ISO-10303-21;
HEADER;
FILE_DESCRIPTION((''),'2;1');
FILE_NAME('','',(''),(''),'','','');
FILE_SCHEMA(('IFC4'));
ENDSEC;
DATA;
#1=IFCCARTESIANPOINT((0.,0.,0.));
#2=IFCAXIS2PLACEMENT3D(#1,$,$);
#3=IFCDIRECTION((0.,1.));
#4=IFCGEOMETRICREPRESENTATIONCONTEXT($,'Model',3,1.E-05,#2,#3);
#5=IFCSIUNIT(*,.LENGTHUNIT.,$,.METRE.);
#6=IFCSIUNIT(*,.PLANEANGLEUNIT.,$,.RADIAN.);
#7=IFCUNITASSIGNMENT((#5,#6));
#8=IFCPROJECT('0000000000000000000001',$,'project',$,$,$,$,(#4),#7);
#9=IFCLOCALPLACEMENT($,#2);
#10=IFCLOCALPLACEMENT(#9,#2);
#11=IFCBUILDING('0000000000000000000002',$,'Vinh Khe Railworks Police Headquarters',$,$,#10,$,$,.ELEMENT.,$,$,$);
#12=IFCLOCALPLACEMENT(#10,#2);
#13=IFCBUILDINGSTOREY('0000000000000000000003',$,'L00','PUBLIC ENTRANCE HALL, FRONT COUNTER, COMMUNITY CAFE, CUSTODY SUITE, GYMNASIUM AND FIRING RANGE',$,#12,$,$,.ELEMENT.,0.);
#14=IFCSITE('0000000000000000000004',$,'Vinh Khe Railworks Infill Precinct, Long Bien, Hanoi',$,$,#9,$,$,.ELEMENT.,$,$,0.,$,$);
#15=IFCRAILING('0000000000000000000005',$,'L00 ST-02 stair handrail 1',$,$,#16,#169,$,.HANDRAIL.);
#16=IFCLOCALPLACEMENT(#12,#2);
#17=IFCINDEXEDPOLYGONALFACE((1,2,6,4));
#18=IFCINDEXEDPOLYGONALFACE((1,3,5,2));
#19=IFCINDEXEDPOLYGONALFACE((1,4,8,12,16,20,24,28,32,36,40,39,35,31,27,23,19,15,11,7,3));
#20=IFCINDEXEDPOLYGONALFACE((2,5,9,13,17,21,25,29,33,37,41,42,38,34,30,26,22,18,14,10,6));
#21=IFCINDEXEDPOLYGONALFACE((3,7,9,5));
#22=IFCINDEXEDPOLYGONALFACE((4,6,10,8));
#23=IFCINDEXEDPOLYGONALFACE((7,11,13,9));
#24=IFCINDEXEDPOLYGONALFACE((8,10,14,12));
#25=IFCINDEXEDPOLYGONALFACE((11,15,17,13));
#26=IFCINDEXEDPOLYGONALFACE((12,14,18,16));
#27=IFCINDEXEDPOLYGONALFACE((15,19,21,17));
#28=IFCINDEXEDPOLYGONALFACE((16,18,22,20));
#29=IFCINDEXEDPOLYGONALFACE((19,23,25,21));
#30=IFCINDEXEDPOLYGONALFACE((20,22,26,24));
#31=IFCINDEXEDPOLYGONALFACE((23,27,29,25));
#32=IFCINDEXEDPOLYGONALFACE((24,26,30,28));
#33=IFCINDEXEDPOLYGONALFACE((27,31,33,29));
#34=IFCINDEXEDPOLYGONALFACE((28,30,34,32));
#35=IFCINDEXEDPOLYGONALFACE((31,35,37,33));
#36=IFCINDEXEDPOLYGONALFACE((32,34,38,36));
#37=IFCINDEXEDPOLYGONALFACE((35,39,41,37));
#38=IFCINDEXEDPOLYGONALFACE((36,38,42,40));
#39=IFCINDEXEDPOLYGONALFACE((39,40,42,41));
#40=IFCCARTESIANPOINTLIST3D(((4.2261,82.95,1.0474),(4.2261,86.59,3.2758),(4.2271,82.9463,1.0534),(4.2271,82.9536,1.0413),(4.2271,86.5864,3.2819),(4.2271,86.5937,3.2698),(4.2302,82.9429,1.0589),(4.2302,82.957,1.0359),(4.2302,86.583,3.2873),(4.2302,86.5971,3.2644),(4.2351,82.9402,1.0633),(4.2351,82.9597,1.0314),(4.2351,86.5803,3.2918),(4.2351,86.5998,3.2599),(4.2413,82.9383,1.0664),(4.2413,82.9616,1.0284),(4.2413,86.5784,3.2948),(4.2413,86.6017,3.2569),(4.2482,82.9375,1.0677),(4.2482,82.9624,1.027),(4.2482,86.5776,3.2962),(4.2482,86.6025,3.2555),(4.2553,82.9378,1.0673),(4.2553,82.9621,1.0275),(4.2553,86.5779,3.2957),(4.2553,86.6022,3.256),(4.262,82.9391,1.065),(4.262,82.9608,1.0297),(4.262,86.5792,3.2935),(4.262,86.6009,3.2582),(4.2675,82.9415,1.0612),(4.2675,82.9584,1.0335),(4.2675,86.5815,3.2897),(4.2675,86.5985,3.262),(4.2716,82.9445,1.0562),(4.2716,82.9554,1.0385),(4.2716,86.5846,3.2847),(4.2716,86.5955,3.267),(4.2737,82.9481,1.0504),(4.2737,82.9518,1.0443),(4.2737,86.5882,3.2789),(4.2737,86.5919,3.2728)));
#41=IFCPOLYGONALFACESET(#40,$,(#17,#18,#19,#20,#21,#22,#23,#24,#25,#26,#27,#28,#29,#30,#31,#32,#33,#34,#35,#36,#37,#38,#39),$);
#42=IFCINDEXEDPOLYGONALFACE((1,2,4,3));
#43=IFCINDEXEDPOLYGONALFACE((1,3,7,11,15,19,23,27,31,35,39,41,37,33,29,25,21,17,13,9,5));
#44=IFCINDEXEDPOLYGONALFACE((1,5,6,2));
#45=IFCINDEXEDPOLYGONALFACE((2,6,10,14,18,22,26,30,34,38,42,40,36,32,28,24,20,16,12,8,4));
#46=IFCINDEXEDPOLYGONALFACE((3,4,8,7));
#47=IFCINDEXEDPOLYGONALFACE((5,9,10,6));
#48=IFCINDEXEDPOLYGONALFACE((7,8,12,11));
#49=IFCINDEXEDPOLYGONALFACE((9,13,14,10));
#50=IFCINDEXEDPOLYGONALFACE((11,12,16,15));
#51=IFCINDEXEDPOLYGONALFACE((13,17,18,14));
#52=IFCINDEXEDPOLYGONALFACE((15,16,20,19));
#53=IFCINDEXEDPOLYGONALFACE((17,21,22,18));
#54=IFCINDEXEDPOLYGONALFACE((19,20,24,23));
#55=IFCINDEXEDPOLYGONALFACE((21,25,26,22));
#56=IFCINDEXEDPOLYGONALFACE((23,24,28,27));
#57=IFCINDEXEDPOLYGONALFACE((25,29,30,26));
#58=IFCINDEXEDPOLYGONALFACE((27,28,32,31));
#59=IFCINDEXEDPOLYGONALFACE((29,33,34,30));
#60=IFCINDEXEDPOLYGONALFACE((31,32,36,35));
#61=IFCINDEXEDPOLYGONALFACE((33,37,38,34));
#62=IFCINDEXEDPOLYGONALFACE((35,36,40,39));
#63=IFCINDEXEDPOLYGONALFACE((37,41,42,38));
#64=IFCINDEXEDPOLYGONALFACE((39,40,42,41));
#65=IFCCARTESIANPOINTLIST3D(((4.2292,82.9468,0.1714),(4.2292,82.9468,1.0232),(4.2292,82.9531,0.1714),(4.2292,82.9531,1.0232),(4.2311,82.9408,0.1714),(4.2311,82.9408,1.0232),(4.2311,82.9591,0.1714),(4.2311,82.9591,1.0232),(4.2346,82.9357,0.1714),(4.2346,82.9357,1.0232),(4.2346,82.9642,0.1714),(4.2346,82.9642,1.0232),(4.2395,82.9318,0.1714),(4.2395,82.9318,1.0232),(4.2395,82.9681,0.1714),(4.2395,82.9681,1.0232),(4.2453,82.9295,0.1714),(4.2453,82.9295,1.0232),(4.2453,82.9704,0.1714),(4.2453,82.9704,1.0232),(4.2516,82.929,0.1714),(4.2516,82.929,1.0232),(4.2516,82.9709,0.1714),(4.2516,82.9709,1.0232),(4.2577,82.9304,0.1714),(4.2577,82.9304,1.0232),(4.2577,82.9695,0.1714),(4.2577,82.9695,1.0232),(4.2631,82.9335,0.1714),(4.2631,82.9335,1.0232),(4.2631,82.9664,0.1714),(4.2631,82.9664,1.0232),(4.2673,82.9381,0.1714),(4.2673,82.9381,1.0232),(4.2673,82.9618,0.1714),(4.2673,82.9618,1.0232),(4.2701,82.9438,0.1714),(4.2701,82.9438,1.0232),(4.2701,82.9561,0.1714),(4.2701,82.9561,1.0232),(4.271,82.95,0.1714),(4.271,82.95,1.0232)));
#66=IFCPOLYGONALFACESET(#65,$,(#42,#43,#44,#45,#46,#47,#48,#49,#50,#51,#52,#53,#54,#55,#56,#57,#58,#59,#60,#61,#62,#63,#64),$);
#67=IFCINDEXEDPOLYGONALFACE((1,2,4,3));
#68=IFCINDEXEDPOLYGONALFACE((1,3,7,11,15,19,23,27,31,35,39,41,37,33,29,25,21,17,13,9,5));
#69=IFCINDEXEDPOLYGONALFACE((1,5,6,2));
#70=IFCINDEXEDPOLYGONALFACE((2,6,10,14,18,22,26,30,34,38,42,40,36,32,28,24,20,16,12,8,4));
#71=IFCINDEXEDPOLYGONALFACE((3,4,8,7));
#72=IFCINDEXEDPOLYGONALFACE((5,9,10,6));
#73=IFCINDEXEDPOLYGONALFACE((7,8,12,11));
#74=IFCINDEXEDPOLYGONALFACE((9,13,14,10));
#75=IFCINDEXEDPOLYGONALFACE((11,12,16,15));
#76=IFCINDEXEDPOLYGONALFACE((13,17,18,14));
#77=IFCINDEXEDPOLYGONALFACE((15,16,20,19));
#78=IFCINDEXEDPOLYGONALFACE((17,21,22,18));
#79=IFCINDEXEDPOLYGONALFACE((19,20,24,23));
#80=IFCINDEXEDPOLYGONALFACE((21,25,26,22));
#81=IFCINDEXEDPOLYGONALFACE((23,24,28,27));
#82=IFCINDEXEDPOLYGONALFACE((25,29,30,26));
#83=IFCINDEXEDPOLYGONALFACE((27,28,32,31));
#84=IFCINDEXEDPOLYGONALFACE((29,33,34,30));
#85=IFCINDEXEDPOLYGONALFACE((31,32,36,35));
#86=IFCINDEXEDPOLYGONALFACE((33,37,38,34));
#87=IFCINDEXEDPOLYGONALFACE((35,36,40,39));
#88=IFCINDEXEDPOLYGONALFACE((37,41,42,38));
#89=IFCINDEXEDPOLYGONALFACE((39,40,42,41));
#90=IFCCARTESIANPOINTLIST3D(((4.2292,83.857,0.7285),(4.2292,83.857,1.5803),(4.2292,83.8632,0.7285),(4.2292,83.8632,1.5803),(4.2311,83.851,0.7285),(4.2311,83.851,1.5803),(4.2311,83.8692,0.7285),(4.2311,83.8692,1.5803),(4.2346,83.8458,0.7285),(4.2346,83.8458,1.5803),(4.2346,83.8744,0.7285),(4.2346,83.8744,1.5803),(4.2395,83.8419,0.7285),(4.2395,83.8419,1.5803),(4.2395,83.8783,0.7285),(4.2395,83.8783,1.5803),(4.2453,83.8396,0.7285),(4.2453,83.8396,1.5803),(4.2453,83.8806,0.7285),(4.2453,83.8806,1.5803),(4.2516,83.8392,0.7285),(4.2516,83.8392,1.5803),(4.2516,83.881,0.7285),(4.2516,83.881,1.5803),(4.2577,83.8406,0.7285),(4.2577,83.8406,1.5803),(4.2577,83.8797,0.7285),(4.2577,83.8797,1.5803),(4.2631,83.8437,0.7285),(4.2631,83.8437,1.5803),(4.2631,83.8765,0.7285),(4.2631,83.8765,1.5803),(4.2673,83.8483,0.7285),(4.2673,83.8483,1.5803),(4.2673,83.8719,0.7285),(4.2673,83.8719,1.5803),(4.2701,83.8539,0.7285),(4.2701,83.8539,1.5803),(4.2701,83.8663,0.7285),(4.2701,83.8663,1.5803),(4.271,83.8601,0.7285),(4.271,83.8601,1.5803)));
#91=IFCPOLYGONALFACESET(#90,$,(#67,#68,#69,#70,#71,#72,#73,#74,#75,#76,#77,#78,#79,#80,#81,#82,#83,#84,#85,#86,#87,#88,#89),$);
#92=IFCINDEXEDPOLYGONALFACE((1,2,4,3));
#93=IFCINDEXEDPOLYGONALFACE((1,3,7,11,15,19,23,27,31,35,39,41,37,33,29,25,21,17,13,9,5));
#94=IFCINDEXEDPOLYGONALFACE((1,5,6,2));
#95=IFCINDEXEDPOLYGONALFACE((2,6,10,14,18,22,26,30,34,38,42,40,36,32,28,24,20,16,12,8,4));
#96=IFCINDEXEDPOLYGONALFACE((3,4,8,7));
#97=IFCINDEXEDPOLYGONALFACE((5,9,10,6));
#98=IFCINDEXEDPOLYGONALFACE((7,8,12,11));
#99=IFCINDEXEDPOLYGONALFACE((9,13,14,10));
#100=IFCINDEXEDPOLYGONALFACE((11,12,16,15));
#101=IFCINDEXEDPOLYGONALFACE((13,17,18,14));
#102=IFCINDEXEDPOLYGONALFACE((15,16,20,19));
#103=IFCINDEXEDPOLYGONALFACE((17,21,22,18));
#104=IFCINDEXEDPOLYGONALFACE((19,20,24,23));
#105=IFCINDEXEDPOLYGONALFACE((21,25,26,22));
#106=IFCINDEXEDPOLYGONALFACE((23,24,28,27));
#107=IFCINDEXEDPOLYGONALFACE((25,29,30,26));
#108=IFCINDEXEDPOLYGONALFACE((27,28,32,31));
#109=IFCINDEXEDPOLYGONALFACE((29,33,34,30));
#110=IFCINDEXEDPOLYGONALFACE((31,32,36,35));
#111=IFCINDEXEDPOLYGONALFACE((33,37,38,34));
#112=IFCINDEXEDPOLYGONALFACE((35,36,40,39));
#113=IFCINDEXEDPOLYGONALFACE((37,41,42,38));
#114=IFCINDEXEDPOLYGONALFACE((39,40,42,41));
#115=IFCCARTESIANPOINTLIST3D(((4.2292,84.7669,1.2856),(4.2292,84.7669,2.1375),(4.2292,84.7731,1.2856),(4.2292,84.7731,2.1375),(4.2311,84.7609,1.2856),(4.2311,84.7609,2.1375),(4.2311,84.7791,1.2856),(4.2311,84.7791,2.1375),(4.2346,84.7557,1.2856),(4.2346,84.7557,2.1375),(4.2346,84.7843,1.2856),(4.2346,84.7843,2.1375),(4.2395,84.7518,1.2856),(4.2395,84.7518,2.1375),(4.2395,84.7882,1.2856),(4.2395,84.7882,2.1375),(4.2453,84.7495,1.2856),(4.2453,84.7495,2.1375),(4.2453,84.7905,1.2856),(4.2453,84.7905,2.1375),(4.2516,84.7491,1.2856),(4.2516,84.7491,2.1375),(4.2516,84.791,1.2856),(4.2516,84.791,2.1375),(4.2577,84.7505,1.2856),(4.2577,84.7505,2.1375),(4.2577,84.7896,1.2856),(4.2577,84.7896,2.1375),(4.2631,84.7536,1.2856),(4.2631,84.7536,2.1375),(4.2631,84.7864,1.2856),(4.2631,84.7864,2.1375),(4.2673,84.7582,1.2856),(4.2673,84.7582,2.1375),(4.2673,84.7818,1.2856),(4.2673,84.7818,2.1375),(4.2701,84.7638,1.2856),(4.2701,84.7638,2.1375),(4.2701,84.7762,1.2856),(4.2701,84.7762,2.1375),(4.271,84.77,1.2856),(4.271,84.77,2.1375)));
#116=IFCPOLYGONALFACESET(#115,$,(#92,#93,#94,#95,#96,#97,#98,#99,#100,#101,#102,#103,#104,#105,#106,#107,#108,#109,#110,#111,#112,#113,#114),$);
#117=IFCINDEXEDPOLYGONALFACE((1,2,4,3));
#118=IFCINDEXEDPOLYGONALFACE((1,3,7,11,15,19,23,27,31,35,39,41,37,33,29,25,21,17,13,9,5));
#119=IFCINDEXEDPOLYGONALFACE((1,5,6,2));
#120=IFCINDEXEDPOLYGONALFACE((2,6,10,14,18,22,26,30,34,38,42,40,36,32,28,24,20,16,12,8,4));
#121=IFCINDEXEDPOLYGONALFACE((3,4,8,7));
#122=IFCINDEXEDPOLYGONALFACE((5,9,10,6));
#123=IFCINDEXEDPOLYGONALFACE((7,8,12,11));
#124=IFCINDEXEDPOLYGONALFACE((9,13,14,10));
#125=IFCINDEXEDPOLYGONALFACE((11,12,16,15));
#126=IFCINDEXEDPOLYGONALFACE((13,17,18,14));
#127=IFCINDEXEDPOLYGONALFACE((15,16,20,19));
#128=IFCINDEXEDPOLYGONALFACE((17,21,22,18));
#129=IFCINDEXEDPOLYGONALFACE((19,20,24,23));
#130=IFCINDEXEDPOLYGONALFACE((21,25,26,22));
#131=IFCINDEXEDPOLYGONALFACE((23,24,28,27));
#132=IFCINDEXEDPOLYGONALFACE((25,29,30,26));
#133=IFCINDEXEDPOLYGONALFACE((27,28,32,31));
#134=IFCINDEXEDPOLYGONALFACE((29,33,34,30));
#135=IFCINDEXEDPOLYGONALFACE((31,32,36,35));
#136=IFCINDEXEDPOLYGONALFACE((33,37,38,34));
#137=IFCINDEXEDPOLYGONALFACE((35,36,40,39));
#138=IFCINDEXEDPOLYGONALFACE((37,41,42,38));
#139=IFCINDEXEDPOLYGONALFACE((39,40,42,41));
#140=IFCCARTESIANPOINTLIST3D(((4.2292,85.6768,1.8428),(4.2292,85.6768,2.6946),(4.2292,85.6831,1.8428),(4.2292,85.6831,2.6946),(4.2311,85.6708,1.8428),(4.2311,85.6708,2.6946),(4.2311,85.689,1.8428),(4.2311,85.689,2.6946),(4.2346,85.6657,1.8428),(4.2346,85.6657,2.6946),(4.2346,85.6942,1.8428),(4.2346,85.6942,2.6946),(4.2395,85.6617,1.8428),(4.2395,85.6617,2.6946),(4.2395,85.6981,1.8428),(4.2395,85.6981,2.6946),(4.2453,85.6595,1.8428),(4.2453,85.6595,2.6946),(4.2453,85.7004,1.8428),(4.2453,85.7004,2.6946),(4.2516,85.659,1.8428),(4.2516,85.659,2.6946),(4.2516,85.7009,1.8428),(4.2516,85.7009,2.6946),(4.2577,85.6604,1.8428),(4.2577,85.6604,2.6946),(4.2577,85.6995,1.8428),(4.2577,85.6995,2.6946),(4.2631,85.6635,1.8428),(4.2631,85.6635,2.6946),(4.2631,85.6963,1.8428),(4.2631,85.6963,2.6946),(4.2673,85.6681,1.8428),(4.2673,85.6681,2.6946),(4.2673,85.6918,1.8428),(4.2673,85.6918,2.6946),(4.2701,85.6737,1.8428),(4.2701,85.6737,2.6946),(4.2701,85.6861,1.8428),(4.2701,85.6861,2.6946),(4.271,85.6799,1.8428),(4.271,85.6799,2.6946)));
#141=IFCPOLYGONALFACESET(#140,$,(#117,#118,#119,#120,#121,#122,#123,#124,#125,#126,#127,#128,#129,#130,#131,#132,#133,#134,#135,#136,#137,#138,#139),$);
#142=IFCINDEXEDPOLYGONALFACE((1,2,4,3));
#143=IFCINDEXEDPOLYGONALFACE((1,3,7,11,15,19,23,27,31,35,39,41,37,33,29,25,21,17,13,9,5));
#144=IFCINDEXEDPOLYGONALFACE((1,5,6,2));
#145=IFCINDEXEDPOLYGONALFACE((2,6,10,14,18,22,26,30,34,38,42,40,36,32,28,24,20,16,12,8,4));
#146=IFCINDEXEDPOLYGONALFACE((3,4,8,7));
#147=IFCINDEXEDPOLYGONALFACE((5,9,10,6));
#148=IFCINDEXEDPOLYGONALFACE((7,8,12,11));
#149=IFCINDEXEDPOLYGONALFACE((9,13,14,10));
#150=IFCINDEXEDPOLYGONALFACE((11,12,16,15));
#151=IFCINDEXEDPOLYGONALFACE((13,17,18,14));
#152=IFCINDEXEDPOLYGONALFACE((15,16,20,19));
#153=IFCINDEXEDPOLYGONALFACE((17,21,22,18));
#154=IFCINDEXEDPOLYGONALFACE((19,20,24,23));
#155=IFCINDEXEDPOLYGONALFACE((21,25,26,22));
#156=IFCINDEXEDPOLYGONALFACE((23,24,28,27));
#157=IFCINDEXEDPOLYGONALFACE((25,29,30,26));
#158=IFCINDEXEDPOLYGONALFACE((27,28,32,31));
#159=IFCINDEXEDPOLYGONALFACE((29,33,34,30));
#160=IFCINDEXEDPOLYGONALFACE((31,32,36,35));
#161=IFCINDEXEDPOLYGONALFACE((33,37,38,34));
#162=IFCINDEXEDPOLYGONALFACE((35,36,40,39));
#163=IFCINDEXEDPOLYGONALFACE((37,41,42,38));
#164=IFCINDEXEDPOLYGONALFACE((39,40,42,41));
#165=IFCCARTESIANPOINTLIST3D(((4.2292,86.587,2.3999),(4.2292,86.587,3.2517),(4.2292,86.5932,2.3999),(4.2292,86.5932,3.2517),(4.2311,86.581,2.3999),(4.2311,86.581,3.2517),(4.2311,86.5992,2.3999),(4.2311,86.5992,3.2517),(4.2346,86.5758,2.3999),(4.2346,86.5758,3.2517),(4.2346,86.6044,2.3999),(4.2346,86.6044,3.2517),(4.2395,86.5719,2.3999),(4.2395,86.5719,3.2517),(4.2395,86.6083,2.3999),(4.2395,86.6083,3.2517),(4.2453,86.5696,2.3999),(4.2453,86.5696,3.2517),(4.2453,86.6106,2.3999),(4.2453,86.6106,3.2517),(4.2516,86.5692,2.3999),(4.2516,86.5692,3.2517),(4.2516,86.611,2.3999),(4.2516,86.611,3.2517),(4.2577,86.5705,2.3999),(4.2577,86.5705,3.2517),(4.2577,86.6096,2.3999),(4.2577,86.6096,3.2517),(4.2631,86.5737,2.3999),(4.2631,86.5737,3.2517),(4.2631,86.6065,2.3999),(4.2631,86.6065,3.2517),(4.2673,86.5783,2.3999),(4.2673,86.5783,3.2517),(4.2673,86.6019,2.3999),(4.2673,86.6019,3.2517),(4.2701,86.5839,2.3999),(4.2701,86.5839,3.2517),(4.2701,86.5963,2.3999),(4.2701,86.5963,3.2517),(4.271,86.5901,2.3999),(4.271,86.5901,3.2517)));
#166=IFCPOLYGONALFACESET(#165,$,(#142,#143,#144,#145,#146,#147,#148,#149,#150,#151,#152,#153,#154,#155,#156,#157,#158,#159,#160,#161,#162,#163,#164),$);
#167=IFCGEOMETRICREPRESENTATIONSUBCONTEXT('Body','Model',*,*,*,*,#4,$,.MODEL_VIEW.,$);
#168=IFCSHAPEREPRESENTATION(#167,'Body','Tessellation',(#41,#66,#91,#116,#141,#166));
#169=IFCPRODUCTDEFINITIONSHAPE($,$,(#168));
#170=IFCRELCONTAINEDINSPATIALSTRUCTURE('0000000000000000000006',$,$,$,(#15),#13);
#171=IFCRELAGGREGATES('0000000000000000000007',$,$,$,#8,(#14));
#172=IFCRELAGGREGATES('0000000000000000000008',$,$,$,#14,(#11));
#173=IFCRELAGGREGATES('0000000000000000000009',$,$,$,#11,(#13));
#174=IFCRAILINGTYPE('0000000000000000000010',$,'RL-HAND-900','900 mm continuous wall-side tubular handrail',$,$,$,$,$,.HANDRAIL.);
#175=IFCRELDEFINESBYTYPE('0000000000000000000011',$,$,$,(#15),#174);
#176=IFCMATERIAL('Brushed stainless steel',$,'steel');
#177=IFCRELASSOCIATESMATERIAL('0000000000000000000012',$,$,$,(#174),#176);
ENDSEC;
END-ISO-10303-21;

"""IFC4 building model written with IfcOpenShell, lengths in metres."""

from ifc_helpers import new_model, si_unit, direction, frame, origin, origin_2d, place, context, subcontext, project, spatial, circle, extrude, material, type_object, element, save


model = new_model("IFC4")

# Units and contexts
model_context = context("Model", 3, precision=1e-05, world=origin(), true_north=direction((0.0, 1.0)))
body_context = subcontext(model_context, "Body", "Model", "MODEL_VIEW")
ifc_project = project(units=[si_unit("LENGTHUNIT", "METRE"), si_unit("PLANEANGLEUNIT", "RADIAN")], contexts=[model_context])

# Site, building, storey
site_placement = place(None, origin())
site = spatial("IfcSite", under=ifc_project, at=site_placement, Name="Vinh Khe Railworks Infill Precinct, Long Bien, Hanoi", CompositionType="ELEMENT", RefElevation=0.0)
building_placement = place(site_placement, origin())
building = spatial("IfcBuilding", under=site, at=building_placement, Name="Vinh Khe Railworks Police Headquarters", CompositionType="ELEMENT")
storey_placement = place(building_placement, origin())
storey = spatial("IfcBuildingStorey", under=building, at=storey_placement, Name="L00", Description="PUBLIC ENTRANCE HALL, FRONT COUNTER, COMMUNITY CAFE, CUSTODY SUITE, GYMNASIUM AND FIRING RANGE", CompositionType="ELEMENT", Elevation=0.0)

# Railing
ifc_material_1 = material(Name="Brushed stainless steel", Category="steel")
railing_type_1 = type_object("IfcRailingType", Name="RL-HAND-900", Description="900 mm continuous wall-side tubular handrail", PredefinedType="HANDRAIL", material=ifc_material_1)
railing_1_placement = place(storey_placement, frame((4.25, 82.95, 0.1714)))
element("IfcRailing", 1, at=railing_1_placement, inside=storey, type_object=railing_type_1, Name="L00 ST-02 stair handrail 1", PredefinedType="HANDRAIL", context=body_context, shape_type="SweptSolid", body=[
    extrude(circle(Radius=0.0239, at=origin_2d()), frame((0.0, 0.0, 0.876), z_axis=(0.0, 0.852866, 0.52213), x_axis=(-1.0, 0.0, 0.0)), (0.0, 0.0, 1.0), 4.2681),
    extrude(circle(Radius=0.021, at=origin_2d()), origin(), (0.0, 0.0, 1.0), 0.8518),
    extrude(circle(Radius=0.021, at=origin_2d()), frame((0.0, 0.9102, 0.5571)), (0.0, 0.0, 1.0), 0.8518),
    extrude(circle(Radius=0.021, at=origin_2d()), frame((0.0, 1.8201, 1.1143)), (0.0, 0.0, 1.0), 0.8518),
    extrude(circle(Radius=0.021, at=origin_2d()), frame((0.0, 2.73, 1.6714)), (0.0, 0.0, 1.0), 0.8518),
    extrude(circle(Radius=0.021, at=origin_2d()), frame((0.0, 3.6401, 2.2285)), (0.0, 0.0, 1.0), 0.8518),
])

save(model, "model.ifc")
